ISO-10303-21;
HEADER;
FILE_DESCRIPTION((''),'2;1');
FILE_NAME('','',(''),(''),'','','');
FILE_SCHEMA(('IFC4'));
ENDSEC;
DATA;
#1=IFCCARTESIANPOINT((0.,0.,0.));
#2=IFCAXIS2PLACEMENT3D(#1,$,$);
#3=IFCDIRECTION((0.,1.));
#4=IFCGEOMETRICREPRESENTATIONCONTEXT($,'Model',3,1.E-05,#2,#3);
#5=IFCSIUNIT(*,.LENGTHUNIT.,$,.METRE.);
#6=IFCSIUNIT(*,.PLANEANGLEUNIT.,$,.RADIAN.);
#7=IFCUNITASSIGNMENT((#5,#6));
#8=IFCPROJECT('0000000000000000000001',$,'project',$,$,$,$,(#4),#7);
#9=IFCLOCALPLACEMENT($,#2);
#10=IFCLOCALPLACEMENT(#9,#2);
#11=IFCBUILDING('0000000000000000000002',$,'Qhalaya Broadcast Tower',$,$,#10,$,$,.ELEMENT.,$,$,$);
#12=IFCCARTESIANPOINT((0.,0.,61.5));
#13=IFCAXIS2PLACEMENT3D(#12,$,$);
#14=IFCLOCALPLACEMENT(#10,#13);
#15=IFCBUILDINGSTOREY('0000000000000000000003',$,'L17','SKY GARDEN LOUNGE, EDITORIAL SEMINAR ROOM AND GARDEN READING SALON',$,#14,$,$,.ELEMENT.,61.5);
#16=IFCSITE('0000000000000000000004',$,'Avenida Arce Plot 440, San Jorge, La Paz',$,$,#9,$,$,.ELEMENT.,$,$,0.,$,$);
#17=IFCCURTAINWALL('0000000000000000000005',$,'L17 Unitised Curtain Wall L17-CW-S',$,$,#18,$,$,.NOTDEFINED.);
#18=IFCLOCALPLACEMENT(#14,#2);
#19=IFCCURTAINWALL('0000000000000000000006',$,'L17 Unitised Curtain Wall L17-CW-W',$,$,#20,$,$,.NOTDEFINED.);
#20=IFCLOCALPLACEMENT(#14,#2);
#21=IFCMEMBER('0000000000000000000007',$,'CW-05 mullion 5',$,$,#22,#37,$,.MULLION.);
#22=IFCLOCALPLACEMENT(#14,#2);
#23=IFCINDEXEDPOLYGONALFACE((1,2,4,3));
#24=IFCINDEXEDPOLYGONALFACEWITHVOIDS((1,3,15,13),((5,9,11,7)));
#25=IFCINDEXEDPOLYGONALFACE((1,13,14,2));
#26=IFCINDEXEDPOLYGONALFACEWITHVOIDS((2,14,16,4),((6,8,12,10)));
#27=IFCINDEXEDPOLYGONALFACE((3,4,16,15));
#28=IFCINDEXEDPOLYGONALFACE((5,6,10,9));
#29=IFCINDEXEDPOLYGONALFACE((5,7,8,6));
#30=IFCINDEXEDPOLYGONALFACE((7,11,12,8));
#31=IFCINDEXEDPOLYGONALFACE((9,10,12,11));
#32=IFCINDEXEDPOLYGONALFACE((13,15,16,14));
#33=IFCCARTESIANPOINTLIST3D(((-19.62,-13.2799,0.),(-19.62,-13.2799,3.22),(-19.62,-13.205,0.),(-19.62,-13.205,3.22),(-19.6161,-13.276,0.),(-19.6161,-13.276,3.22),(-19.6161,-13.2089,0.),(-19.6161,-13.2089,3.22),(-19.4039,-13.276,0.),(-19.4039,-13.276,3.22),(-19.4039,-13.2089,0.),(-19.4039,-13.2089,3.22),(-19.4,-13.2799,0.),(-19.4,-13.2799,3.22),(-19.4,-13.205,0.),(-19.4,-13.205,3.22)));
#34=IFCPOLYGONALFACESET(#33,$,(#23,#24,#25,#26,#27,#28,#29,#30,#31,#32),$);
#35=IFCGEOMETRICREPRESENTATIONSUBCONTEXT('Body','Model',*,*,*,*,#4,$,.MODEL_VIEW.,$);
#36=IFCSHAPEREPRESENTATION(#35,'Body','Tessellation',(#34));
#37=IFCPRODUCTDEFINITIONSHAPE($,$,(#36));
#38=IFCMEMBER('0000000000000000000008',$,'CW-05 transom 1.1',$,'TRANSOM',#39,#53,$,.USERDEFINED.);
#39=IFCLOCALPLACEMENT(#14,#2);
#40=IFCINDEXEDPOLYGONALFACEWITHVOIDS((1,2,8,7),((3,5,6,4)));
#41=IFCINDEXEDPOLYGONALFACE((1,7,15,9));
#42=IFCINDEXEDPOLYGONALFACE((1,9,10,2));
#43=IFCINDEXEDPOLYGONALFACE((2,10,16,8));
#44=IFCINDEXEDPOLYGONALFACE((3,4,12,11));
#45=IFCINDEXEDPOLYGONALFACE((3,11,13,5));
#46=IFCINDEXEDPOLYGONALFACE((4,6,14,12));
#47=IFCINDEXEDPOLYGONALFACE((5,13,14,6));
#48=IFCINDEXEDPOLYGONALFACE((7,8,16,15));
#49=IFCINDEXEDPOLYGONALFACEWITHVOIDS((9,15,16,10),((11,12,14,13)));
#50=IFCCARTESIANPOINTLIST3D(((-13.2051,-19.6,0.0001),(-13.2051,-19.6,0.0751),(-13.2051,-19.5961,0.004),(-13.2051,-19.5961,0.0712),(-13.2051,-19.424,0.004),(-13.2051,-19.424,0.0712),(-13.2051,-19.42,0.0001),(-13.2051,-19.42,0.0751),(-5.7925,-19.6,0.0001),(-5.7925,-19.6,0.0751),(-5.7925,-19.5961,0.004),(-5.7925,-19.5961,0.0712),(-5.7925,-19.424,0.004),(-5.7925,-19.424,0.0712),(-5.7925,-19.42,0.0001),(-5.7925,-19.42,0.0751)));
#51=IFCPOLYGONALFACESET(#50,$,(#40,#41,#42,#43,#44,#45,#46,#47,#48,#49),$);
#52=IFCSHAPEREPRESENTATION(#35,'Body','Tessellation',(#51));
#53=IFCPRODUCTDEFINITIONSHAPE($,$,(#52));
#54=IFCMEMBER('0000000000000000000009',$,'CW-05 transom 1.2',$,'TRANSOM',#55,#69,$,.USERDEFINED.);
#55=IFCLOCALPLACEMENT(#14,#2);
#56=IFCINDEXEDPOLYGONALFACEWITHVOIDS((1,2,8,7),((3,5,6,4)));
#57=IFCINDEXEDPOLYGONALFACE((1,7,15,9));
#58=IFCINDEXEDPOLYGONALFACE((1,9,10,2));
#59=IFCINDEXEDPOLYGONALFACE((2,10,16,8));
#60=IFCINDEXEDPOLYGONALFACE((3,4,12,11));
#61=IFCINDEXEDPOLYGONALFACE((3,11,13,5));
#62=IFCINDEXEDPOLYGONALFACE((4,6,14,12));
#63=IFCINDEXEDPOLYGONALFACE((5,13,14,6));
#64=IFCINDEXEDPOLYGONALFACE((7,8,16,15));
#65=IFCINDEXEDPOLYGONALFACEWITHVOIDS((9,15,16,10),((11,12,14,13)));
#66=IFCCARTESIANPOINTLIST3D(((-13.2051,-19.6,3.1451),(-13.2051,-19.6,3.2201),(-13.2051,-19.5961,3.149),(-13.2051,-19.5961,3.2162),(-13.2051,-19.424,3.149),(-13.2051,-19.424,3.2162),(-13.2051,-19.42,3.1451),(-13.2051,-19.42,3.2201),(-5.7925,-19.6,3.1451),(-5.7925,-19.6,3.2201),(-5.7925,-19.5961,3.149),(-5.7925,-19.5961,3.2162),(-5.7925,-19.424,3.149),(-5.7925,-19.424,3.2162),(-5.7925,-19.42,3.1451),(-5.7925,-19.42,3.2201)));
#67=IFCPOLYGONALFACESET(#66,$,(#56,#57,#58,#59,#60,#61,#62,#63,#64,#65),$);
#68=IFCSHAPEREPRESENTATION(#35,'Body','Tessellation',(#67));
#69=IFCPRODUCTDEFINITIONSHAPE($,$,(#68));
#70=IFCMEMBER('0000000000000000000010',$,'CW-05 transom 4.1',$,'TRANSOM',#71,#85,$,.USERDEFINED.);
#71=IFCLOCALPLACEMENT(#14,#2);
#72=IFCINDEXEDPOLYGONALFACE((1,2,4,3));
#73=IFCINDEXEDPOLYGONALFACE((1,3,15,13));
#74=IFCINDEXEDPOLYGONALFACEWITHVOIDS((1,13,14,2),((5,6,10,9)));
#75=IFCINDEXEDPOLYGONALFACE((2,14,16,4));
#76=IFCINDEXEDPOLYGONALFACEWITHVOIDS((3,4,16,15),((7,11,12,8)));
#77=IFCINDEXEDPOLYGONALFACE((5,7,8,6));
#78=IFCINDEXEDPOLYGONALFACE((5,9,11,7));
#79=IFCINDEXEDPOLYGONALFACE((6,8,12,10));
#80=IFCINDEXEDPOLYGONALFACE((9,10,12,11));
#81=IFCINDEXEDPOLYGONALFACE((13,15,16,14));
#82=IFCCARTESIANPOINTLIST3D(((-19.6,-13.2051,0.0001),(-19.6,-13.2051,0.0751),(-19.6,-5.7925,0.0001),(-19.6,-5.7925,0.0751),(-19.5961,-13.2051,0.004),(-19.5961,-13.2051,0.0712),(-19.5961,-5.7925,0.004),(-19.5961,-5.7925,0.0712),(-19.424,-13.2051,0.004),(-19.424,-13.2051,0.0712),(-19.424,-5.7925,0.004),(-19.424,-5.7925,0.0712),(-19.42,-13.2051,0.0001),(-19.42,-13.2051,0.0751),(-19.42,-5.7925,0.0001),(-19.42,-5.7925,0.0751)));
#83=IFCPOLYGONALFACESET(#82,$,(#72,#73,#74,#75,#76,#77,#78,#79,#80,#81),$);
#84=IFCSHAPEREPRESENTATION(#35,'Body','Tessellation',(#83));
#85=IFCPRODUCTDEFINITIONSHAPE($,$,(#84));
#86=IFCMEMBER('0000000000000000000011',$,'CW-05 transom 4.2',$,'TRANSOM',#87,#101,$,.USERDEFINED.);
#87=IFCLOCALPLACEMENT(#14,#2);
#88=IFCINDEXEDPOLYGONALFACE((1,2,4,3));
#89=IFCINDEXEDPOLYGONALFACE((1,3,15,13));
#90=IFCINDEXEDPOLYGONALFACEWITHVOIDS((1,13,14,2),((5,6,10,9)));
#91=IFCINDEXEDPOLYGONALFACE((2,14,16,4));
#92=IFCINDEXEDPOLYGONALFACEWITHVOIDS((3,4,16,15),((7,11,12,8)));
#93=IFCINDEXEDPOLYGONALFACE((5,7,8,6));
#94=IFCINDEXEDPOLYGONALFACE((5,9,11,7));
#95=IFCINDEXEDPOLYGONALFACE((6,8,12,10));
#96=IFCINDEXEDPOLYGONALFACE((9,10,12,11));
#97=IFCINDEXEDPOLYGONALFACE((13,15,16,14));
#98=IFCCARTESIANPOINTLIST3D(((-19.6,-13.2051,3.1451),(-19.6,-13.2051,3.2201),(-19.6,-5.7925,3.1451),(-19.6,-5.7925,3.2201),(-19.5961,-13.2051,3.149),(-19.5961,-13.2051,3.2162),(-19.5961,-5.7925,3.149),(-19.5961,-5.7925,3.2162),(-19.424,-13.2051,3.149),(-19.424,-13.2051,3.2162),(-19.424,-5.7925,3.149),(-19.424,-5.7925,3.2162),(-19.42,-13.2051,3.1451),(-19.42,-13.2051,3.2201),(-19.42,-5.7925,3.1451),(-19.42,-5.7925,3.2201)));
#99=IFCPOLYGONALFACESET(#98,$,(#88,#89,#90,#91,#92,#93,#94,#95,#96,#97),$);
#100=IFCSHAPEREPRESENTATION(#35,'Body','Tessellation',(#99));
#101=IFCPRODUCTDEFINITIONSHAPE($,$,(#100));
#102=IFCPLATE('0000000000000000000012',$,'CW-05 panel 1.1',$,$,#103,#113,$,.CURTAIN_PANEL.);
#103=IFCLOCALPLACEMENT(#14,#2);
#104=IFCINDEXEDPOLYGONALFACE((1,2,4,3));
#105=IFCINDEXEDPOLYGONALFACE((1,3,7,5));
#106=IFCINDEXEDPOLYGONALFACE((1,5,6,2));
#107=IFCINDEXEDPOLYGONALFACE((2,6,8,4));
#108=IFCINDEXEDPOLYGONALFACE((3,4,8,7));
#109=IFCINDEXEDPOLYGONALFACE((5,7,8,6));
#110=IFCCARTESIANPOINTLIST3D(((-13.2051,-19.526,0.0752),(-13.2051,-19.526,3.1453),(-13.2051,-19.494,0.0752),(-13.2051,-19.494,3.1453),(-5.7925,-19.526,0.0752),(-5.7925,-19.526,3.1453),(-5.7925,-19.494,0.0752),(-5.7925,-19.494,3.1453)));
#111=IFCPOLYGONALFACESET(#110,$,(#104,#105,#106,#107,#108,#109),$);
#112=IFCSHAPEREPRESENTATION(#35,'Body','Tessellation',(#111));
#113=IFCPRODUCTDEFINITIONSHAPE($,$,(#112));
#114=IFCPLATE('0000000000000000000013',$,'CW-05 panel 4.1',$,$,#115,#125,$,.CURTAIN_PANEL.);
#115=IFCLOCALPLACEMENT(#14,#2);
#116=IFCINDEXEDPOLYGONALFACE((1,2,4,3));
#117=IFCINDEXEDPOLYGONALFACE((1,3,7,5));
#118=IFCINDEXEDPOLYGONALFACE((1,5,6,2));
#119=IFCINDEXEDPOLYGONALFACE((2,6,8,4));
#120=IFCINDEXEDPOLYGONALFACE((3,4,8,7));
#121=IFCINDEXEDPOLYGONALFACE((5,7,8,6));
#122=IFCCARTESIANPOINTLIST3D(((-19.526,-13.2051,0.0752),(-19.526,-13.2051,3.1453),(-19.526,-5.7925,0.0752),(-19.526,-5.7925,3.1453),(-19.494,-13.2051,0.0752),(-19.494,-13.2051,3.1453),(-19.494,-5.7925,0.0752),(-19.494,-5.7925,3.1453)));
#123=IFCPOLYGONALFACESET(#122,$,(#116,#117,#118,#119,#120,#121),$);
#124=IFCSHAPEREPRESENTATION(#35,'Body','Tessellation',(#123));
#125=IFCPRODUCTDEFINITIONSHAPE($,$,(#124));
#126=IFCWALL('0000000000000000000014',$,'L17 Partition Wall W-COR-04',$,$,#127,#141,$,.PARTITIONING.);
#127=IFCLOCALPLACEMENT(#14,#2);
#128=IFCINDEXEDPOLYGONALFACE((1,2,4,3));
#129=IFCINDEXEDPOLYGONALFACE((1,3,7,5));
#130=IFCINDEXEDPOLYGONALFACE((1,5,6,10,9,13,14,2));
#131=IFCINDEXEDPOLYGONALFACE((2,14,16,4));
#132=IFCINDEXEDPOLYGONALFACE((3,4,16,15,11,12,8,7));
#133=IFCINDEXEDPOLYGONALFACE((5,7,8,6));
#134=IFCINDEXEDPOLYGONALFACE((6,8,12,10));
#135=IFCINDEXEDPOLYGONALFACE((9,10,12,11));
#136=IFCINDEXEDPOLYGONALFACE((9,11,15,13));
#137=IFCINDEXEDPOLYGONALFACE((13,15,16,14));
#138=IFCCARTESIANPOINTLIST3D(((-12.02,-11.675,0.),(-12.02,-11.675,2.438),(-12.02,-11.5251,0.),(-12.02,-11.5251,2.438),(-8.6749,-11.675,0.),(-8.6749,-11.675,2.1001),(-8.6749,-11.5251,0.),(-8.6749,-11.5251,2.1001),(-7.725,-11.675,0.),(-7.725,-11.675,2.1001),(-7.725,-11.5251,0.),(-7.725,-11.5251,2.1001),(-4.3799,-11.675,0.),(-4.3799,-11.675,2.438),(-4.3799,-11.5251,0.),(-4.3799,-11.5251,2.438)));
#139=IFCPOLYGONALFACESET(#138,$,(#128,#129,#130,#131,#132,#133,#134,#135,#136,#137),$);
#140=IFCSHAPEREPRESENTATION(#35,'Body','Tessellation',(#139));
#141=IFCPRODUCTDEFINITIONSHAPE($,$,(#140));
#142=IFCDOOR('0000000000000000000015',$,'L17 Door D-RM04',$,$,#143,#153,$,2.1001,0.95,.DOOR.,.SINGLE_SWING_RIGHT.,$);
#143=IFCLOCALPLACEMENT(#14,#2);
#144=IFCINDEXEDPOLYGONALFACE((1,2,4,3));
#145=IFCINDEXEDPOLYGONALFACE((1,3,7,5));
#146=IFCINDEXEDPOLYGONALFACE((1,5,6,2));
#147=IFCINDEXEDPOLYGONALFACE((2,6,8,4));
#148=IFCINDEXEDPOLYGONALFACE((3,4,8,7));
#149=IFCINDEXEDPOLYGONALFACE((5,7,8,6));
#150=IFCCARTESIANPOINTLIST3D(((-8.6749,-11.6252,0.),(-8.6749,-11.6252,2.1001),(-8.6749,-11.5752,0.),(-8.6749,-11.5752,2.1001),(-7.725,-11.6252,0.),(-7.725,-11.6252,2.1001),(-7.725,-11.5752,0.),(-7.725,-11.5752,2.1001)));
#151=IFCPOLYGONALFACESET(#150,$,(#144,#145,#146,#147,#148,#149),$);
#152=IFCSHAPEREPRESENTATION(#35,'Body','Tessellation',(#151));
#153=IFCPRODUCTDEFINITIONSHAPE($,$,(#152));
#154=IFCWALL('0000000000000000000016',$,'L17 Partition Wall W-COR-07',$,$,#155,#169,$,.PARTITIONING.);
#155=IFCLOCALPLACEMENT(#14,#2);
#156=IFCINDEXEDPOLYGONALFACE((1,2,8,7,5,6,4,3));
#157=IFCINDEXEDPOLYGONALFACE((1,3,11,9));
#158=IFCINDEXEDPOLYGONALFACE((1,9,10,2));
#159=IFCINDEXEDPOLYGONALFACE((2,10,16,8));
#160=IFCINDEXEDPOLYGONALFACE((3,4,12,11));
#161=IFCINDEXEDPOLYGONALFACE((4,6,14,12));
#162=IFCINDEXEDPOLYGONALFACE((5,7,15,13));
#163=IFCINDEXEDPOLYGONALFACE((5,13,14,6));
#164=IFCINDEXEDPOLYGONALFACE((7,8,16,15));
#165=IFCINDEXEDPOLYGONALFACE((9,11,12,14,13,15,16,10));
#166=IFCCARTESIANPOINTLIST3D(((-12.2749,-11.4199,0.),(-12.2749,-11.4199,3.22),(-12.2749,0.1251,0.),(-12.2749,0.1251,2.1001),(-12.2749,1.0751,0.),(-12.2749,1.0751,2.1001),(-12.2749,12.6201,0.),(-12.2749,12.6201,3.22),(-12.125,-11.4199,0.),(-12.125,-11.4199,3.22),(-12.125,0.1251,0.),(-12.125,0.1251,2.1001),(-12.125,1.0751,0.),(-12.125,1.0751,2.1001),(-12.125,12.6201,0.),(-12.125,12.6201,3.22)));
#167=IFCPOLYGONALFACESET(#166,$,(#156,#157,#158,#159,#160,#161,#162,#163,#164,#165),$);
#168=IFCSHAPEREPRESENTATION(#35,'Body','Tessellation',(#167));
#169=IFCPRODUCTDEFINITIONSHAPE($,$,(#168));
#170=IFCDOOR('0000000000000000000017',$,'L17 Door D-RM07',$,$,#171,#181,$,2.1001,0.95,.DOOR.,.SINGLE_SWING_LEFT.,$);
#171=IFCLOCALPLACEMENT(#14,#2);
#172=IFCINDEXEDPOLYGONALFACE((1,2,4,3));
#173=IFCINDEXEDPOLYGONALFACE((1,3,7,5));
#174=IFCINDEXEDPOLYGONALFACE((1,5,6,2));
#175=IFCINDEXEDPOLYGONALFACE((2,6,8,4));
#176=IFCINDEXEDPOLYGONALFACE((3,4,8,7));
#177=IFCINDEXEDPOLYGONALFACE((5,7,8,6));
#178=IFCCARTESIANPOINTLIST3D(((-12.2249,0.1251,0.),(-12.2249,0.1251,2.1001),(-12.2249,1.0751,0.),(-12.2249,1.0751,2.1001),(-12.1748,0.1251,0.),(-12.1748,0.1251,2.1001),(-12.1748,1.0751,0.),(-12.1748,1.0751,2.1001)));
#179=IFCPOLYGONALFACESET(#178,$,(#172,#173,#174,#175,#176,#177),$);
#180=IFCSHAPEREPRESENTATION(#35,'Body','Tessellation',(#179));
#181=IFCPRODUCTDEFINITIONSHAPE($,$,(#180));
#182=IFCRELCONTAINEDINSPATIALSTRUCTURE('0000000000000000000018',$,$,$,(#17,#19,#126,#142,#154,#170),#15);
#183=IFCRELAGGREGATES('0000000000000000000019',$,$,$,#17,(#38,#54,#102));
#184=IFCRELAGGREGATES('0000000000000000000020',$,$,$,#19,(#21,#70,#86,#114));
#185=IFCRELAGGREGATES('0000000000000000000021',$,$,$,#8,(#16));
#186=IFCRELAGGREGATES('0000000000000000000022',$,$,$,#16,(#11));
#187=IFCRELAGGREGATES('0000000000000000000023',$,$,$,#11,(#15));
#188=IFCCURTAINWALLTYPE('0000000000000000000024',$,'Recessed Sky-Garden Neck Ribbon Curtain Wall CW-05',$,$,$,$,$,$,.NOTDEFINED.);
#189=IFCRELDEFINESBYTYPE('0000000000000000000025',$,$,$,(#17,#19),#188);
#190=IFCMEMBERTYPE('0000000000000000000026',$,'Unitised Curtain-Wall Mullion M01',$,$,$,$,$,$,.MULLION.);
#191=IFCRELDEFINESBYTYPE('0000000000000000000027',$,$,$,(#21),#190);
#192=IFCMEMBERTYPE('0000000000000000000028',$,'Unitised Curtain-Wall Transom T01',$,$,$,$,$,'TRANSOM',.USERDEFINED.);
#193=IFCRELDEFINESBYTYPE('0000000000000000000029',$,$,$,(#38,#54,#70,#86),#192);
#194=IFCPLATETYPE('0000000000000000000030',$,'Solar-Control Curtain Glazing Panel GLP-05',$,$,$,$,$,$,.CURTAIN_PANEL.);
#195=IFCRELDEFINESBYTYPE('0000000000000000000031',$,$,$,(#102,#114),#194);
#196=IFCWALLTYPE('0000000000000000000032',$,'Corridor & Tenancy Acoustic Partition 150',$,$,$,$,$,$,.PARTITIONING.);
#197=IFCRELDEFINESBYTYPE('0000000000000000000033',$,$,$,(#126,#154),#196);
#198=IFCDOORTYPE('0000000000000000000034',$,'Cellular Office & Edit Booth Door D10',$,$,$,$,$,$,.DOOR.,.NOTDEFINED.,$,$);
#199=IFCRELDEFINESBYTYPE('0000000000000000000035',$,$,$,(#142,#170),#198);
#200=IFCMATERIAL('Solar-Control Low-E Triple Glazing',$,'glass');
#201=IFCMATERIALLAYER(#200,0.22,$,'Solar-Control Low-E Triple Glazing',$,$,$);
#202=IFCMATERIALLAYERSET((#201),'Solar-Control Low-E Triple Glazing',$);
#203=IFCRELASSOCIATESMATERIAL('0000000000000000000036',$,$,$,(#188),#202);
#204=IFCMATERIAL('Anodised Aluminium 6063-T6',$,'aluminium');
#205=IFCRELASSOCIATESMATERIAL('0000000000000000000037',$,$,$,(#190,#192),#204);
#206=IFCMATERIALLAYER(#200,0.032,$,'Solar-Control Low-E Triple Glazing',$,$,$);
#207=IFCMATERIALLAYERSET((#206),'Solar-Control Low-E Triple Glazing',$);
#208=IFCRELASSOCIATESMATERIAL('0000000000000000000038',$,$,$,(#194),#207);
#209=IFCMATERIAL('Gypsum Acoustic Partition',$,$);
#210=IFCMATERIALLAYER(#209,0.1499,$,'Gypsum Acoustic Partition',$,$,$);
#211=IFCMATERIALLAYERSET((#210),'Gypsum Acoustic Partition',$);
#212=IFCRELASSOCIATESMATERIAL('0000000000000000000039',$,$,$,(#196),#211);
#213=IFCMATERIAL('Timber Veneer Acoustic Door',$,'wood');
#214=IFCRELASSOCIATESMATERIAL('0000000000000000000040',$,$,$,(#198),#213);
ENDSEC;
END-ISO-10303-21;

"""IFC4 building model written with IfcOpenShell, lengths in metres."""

from ifc_helpers import new_model, si_unit, direction, frame, frame_2d, origin, origin_2d, place, context, subcontext, project, spatial, rectangle, hollow_rectangle, extrude, material, layer, layer_set, material_profile, profile_set, type_object, element, fill, aggregate, save


model = new_model("IFC4")

# Units and contexts
model_context = context("Model", 3, precision=1e-05, world=origin(), true_north=direction((0.0, 1.0)))
body_context = subcontext(model_context, "Body", "Model", "MODEL_VIEW")
ifc_project = project(units=[si_unit("LENGTHUNIT", "METRE"), si_unit("PLANEANGLEUNIT", "RADIAN")], contexts=[model_context])

# Site, building, storey
site_placement = place(None, origin())
site = spatial("IfcSite", under=ifc_project, at=site_placement, Name="Avenida Arce Plot 440, San Jorge, La Paz", CompositionType="ELEMENT", RefElevation=0.0)
building_placement = place(site_placement, origin())
building = spatial("IfcBuilding", under=site, at=building_placement, Name="Qhalaya Broadcast Tower", CompositionType="ELEMENT")
storey_placement = place(building_placement, frame((0.0, 0.0, 61.5)))
storey = spatial("IfcBuildingStorey", under=building, at=storey_placement, Name="L17", Description="SKY GARDEN LOUNGE, EDITORIAL SEMINAR ROOM AND GARDEN READING SALON", CompositionType="ELEMENT", Elevation=61.5)

# Curtain wall
ifc_material_1 = material(Name="Solar-Control Low-E Triple Glazing", Category="glass")
ifc_layer_1 = layer(ifc_material_1, 0.22, Name="Solar-Control Low-E Triple Glazing")
ifc_layer_set_1 = layer_set([ifc_layer_1], Name="Solar-Control Low-E Triple Glazing")
curtain_wall_type = type_object("IfcCurtainWallType", Name="Recessed Sky-Garden Neck Ribbon Curtain Wall CW-05", PredefinedType="NOTDEFINED", material=ifc_layer_set_1)
curtain_wall_1_placement = place(storey_placement, origin())
curtain_wall_1 = element("IfcCurtainWall", 1, at=curtain_wall_1_placement, inside=storey, type_object=curtain_wall_type, Name="L17 Unitised Curtain Wall L17-CW-S", PredefinedType="NOTDEFINED")
ifc_material_2 = material(Name="Anodised Aluminium 6063-T6", Category="aluminium")
ifc_material_profile_1 = material_profile(ifc_material_2, hollow_rectangle(XDim=0.075, YDim=0.22, WallThickness=0.0039, at=origin_2d()), Name="ALU-MUL 75x220x4")
ifc_profile_set_1 = profile_set([ifc_material_profile_1], Name="Anodised Aluminium 6063-T6")
member_type_1 = type_object("IfcMemberType", Name="Unitised Curtain-Wall Mullion M01", PredefinedType="MULLION", material=ifc_profile_set_1)

# Curtain wall, member
curtain_wall_2_placement = place(storey_placement, origin())
curtain_wall_2 = element("IfcCurtainWall", 2, at=curtain_wall_2_placement, inside=storey, type_object=curtain_wall_type, Name="L17 Unitised Curtain Wall L17-CW-W", PredefinedType="NOTDEFINED")
member_1_placement = place(storey_placement, frame((-19.51, -13.2424, 0.0), z_axis=(0.0, 0.0, 1.0), x_axis=(0.0, -1.0, 0.0)))
member_1 = element("IfcMember", 3, at=member_1_placement, type_object=member_type_1, Name="CW-05 mullion 5", PredefinedType="MULLION", context=body_context, shape_type="SweptSolid", body=[
    extrude(hollow_rectangle(XDim=0.075, YDim=0.22, WallThickness=0.0039, at=origin_2d()), origin(), (0.0, 0.0, 1.0), 3.22),
])

# Members
ifc_material_profile_2 = material_profile(ifc_material_2, hollow_rectangle(XDim=0.075, YDim=0.1799, WallThickness=0.0039, at=origin_2d()), Name="ALU-TRN 75x180x4")
ifc_profile_set_2 = profile_set([ifc_material_profile_2], Name="Anodised Aluminium 6063-T6")
member_type_2 = type_object("IfcMemberType", Name="Unitised Curtain-Wall Transom T01", ElementType="TRANSOM", PredefinedType="USERDEFINED", material=ifc_profile_set_2)
member_2_placement = place(storey_placement, frame((-13.2051, -19.51, 0.0376), z_axis=(1.0, 0.0, 0.0), x_axis=(0.0, 0.0, 1.0)))
member_2 = element("IfcMember", 4, at=member_2_placement, type_object=member_type_2, Name="CW-05 transom 1.1", ObjectType="TRANSOM", PredefinedType="USERDEFINED", context=body_context, shape_type="SweptSolid", body=[
    extrude(hollow_rectangle(XDim=0.075, YDim=0.1799, WallThickness=0.0039, at=origin_2d()), origin(), (0.0, 0.0, 1.0), 7.4126),
])
member_3_placement = place(storey_placement, frame((-13.2051, -19.51, 3.1826), z_axis=(1.0, 0.0, 0.0), x_axis=(0.0, 0.0, 1.0)))
member_3 = element("IfcMember", 5, at=member_3_placement, type_object=member_type_2, Name="CW-05 transom 1.2", ObjectType="TRANSOM", PredefinedType="USERDEFINED", context=body_context, shape_type="SweptSolid", body=[
    extrude(hollow_rectangle(XDim=0.075, YDim=0.1799, WallThickness=0.0039, at=origin_2d()), origin(), (0.0, 0.0, 1.0), 7.4126),
])
member_4_placement = place(storey_placement, frame((-19.51, -5.7925, 0.0376), z_axis=(0.0, -1.0, 0.0), x_axis=(0.0, 0.0, 1.0)))
member_4 = element("IfcMember", 6, at=member_4_placement, type_object=member_type_2, Name="CW-05 transom 4.1", ObjectType="TRANSOM", PredefinedType="USERDEFINED", context=body_context, shape_type="SweptSolid", body=[
    extrude(hollow_rectangle(XDim=0.075, YDim=0.1799, WallThickness=0.0039, at=origin_2d()), origin(), (0.0, 0.0, 1.0), 7.4126),
])
member_5_placement = place(storey_placement, frame((-19.51, -5.7925, 3.1826), z_axis=(0.0, -1.0, 0.0), x_axis=(0.0, 0.0, 1.0)))
member_5 = element("IfcMember", 7, at=member_5_placement, type_object=member_type_2, Name="CW-05 transom 4.2", ObjectType="TRANSOM", PredefinedType="USERDEFINED", context=body_context, shape_type="SweptSolid", body=[
    extrude(hollow_rectangle(XDim=0.075, YDim=0.1799, WallThickness=0.0039, at=origin_2d()), origin(), (0.0, 0.0, 1.0), 7.4126),
])

# Plates
ifc_layer_2 = layer(ifc_material_1, 0.032, Name="Solar-Control Low-E Triple Glazing")
ifc_layer_set_2 = layer_set([ifc_layer_2], Name="Solar-Control Low-E Triple Glazing")
plate_type = type_object("IfcPlateType", Name="Solar-Control Curtain Glazing Panel GLP-05", PredefinedType="CURTAIN_PANEL", material=ifc_layer_set_2)
plate_1_placement = place(storey_placement, frame((-9.4988, -19.51, 0.0752), z_axis=(0.0, 0.0, 1.0), x_axis=(1.0, 0.0, 0.0)))
plate_1 = element("IfcPlate", 8, at=plate_1_placement, type_object=plate_type, Name="CW-05 panel 1.1", PredefinedType="CURTAIN_PANEL", context=body_context, shape_type="SweptSolid", body=[
    extrude(rectangle(XDim=7.4126, YDim=0.032, at=origin_2d()), origin(), (0.0, 0.0, 1.0), 3.0701),
])
aggregate(curtain_wall_1, [member_2, member_3, plate_1])
plate_2_placement = place(storey_placement, frame((-19.51, -9.4988, 0.0752), z_axis=(0.0, 0.0, 1.0), x_axis=(0.0, -1.0, 0.0)))
plate_2 = element("IfcPlate", 9, at=plate_2_placement, type_object=plate_type, Name="CW-05 panel 4.1", PredefinedType="CURTAIN_PANEL", context=body_context, shape_type="SweptSolid", body=[
    extrude(rectangle(XDim=7.4126, YDim=0.032, at=origin_2d()), origin(), (0.0, 0.0, 1.0), 3.0701),
])
aggregate(curtain_wall_2, [member_1, member_4, member_5, plate_2])

# Walls, openings, doors
ifc_material_3 = material(Name="Gypsum Acoustic Partition")
ifc_layer_3 = layer(ifc_material_3, 0.1499, Name="Gypsum Acoustic Partition")
ifc_layer_set_3 = layer_set([ifc_layer_3], Name="Gypsum Acoustic Partition")
wall_type_1 = type_object("IfcWallType", Name="Corridor & Tenancy Acoustic Partition 150", PredefinedType="PARTITIONING", material=ifc_layer_set_3)
wall_1_placement = place(storey_placement, frame((-12.02, -11.6001, 0.0), z_axis=(0.0, 0.0, 1.0), x_axis=(1.0, 0.0, 0.0)))
wall_1 = element("IfcWall", 10, at=wall_1_placement, inside=storey, type_object=wall_type_1, Name="L17 Partition Wall W-COR-04", PredefinedType="PARTITIONING", context=body_context, shape_type="SweptSolid", body=[
    extrude(rectangle(XDim=7.6401, YDim=0.1499, at=frame_2d((3.8201, 0.0))), origin(), (0.0, 0.0, 1.0), 2.438),
])
opening_1_placement = place(wall_1_placement, frame((3.345, 0.0, 0.0)))
opening_1 = element("IfcOpeningElement", 11, at=opening_1_placement, cuts=wall_1, PredefinedType="OPENING", context=body_context, shape_type="SweptSolid", body=[
    extrude(rectangle(XDim=0.95, YDim=2.1001, at=frame_2d((0.4751, 1.05))), frame((0.0, 0.0869, 0.0), z_axis=(0.0, -1.0, 0.0), x_axis=(1.0, 0.0, 0.0)), (0.0, 0.0, 1.0), 0.1738),
])
ifc_material_4 = material(Name="Timber Veneer Acoustic Door", Category="wood")
door_type_1 = type_object("IfcDoorType", Name="Cellular Office & Edit Booth Door D10", OperationType="NOTDEFINED", PredefinedType="DOOR", material=ifc_material_4)
door_1_placement = place(opening_1_placement, origin())
door_1 = element("IfcDoor", 12, at=door_1_placement, inside=storey, type_object=door_type_1, Name="L17 Door D-RM04", OperationType="SINGLE_SWING_RIGHT", OverallHeight=2.1001, OverallWidth=0.95, PredefinedType="DOOR", context=body_context, shape_type="SweptSolid", body=[
    extrude(rectangle(XDim=0.95, YDim=2.1001, at=frame_2d((0.4751, 1.05))), frame((0.0, 0.0249, 0.0), z_axis=(0.0, -1.0, 0.0), x_axis=(1.0, 0.0, 0.0)), (0.0, 0.0, 1.0), 0.05),
])
fill(opening_1, door_1)
wall_2_placement = place(storey_placement, frame((-12.2, -11.4199, 0.0), z_axis=(0.0, 0.0, 1.0), x_axis=(0.0, 1.0, 0.0)))
wall_2 = element("IfcWall", 13, at=wall_2_placement, inside=storey, type_object=wall_type_1, Name="L17 Partition Wall W-COR-07", PredefinedType="PARTITIONING", context=body_context, shape_type="SweptSolid", body=[
    extrude(rectangle(XDim=24.04, YDim=0.1499, at=frame_2d((12.02, 0.0))), origin(), (0.0, 0.0, 1.0), 3.22),
])
opening_2_placement = place(wall_2_placement, frame((11.5449, 0.0, 0.0)))
opening_2 = element("IfcOpeningElement", 14, at=opening_2_placement, cuts=wall_2, PredefinedType="OPENING", context=body_context, shape_type="SweptSolid", body=[
    extrude(rectangle(XDim=0.95, YDim=2.1001, at=frame_2d((0.4751, 1.05))), frame((0.0, 0.0869, 0.0), z_axis=(0.0, -1.0, 0.0), x_axis=(1.0, 0.0, 0.0)), (0.0, 0.0, 1.0), 0.1738),
])
door_2_placement = place(opening_2_placement, origin())
door_2 = element("IfcDoor", 15, at=door_2_placement, inside=storey, type_object=door_type_1, Name="L17 Door D-RM07", OperationType="SINGLE_SWING_LEFT", OverallHeight=2.1001, OverallWidth=0.95, PredefinedType="DOOR", context=body_context, shape_type="SweptSolid", body=[
    extrude(rectangle(XDim=0.95, YDim=2.1001, at=frame_2d((0.4751, 1.05))), frame((0.0, 0.0249, 0.0), z_axis=(0.0, -1.0, 0.0), x_axis=(1.0, 0.0, 0.0)), (0.0, 0.0, 1.0), 0.05),
])
fill(opening_2, door_2)

save(model, "model.ifc")
